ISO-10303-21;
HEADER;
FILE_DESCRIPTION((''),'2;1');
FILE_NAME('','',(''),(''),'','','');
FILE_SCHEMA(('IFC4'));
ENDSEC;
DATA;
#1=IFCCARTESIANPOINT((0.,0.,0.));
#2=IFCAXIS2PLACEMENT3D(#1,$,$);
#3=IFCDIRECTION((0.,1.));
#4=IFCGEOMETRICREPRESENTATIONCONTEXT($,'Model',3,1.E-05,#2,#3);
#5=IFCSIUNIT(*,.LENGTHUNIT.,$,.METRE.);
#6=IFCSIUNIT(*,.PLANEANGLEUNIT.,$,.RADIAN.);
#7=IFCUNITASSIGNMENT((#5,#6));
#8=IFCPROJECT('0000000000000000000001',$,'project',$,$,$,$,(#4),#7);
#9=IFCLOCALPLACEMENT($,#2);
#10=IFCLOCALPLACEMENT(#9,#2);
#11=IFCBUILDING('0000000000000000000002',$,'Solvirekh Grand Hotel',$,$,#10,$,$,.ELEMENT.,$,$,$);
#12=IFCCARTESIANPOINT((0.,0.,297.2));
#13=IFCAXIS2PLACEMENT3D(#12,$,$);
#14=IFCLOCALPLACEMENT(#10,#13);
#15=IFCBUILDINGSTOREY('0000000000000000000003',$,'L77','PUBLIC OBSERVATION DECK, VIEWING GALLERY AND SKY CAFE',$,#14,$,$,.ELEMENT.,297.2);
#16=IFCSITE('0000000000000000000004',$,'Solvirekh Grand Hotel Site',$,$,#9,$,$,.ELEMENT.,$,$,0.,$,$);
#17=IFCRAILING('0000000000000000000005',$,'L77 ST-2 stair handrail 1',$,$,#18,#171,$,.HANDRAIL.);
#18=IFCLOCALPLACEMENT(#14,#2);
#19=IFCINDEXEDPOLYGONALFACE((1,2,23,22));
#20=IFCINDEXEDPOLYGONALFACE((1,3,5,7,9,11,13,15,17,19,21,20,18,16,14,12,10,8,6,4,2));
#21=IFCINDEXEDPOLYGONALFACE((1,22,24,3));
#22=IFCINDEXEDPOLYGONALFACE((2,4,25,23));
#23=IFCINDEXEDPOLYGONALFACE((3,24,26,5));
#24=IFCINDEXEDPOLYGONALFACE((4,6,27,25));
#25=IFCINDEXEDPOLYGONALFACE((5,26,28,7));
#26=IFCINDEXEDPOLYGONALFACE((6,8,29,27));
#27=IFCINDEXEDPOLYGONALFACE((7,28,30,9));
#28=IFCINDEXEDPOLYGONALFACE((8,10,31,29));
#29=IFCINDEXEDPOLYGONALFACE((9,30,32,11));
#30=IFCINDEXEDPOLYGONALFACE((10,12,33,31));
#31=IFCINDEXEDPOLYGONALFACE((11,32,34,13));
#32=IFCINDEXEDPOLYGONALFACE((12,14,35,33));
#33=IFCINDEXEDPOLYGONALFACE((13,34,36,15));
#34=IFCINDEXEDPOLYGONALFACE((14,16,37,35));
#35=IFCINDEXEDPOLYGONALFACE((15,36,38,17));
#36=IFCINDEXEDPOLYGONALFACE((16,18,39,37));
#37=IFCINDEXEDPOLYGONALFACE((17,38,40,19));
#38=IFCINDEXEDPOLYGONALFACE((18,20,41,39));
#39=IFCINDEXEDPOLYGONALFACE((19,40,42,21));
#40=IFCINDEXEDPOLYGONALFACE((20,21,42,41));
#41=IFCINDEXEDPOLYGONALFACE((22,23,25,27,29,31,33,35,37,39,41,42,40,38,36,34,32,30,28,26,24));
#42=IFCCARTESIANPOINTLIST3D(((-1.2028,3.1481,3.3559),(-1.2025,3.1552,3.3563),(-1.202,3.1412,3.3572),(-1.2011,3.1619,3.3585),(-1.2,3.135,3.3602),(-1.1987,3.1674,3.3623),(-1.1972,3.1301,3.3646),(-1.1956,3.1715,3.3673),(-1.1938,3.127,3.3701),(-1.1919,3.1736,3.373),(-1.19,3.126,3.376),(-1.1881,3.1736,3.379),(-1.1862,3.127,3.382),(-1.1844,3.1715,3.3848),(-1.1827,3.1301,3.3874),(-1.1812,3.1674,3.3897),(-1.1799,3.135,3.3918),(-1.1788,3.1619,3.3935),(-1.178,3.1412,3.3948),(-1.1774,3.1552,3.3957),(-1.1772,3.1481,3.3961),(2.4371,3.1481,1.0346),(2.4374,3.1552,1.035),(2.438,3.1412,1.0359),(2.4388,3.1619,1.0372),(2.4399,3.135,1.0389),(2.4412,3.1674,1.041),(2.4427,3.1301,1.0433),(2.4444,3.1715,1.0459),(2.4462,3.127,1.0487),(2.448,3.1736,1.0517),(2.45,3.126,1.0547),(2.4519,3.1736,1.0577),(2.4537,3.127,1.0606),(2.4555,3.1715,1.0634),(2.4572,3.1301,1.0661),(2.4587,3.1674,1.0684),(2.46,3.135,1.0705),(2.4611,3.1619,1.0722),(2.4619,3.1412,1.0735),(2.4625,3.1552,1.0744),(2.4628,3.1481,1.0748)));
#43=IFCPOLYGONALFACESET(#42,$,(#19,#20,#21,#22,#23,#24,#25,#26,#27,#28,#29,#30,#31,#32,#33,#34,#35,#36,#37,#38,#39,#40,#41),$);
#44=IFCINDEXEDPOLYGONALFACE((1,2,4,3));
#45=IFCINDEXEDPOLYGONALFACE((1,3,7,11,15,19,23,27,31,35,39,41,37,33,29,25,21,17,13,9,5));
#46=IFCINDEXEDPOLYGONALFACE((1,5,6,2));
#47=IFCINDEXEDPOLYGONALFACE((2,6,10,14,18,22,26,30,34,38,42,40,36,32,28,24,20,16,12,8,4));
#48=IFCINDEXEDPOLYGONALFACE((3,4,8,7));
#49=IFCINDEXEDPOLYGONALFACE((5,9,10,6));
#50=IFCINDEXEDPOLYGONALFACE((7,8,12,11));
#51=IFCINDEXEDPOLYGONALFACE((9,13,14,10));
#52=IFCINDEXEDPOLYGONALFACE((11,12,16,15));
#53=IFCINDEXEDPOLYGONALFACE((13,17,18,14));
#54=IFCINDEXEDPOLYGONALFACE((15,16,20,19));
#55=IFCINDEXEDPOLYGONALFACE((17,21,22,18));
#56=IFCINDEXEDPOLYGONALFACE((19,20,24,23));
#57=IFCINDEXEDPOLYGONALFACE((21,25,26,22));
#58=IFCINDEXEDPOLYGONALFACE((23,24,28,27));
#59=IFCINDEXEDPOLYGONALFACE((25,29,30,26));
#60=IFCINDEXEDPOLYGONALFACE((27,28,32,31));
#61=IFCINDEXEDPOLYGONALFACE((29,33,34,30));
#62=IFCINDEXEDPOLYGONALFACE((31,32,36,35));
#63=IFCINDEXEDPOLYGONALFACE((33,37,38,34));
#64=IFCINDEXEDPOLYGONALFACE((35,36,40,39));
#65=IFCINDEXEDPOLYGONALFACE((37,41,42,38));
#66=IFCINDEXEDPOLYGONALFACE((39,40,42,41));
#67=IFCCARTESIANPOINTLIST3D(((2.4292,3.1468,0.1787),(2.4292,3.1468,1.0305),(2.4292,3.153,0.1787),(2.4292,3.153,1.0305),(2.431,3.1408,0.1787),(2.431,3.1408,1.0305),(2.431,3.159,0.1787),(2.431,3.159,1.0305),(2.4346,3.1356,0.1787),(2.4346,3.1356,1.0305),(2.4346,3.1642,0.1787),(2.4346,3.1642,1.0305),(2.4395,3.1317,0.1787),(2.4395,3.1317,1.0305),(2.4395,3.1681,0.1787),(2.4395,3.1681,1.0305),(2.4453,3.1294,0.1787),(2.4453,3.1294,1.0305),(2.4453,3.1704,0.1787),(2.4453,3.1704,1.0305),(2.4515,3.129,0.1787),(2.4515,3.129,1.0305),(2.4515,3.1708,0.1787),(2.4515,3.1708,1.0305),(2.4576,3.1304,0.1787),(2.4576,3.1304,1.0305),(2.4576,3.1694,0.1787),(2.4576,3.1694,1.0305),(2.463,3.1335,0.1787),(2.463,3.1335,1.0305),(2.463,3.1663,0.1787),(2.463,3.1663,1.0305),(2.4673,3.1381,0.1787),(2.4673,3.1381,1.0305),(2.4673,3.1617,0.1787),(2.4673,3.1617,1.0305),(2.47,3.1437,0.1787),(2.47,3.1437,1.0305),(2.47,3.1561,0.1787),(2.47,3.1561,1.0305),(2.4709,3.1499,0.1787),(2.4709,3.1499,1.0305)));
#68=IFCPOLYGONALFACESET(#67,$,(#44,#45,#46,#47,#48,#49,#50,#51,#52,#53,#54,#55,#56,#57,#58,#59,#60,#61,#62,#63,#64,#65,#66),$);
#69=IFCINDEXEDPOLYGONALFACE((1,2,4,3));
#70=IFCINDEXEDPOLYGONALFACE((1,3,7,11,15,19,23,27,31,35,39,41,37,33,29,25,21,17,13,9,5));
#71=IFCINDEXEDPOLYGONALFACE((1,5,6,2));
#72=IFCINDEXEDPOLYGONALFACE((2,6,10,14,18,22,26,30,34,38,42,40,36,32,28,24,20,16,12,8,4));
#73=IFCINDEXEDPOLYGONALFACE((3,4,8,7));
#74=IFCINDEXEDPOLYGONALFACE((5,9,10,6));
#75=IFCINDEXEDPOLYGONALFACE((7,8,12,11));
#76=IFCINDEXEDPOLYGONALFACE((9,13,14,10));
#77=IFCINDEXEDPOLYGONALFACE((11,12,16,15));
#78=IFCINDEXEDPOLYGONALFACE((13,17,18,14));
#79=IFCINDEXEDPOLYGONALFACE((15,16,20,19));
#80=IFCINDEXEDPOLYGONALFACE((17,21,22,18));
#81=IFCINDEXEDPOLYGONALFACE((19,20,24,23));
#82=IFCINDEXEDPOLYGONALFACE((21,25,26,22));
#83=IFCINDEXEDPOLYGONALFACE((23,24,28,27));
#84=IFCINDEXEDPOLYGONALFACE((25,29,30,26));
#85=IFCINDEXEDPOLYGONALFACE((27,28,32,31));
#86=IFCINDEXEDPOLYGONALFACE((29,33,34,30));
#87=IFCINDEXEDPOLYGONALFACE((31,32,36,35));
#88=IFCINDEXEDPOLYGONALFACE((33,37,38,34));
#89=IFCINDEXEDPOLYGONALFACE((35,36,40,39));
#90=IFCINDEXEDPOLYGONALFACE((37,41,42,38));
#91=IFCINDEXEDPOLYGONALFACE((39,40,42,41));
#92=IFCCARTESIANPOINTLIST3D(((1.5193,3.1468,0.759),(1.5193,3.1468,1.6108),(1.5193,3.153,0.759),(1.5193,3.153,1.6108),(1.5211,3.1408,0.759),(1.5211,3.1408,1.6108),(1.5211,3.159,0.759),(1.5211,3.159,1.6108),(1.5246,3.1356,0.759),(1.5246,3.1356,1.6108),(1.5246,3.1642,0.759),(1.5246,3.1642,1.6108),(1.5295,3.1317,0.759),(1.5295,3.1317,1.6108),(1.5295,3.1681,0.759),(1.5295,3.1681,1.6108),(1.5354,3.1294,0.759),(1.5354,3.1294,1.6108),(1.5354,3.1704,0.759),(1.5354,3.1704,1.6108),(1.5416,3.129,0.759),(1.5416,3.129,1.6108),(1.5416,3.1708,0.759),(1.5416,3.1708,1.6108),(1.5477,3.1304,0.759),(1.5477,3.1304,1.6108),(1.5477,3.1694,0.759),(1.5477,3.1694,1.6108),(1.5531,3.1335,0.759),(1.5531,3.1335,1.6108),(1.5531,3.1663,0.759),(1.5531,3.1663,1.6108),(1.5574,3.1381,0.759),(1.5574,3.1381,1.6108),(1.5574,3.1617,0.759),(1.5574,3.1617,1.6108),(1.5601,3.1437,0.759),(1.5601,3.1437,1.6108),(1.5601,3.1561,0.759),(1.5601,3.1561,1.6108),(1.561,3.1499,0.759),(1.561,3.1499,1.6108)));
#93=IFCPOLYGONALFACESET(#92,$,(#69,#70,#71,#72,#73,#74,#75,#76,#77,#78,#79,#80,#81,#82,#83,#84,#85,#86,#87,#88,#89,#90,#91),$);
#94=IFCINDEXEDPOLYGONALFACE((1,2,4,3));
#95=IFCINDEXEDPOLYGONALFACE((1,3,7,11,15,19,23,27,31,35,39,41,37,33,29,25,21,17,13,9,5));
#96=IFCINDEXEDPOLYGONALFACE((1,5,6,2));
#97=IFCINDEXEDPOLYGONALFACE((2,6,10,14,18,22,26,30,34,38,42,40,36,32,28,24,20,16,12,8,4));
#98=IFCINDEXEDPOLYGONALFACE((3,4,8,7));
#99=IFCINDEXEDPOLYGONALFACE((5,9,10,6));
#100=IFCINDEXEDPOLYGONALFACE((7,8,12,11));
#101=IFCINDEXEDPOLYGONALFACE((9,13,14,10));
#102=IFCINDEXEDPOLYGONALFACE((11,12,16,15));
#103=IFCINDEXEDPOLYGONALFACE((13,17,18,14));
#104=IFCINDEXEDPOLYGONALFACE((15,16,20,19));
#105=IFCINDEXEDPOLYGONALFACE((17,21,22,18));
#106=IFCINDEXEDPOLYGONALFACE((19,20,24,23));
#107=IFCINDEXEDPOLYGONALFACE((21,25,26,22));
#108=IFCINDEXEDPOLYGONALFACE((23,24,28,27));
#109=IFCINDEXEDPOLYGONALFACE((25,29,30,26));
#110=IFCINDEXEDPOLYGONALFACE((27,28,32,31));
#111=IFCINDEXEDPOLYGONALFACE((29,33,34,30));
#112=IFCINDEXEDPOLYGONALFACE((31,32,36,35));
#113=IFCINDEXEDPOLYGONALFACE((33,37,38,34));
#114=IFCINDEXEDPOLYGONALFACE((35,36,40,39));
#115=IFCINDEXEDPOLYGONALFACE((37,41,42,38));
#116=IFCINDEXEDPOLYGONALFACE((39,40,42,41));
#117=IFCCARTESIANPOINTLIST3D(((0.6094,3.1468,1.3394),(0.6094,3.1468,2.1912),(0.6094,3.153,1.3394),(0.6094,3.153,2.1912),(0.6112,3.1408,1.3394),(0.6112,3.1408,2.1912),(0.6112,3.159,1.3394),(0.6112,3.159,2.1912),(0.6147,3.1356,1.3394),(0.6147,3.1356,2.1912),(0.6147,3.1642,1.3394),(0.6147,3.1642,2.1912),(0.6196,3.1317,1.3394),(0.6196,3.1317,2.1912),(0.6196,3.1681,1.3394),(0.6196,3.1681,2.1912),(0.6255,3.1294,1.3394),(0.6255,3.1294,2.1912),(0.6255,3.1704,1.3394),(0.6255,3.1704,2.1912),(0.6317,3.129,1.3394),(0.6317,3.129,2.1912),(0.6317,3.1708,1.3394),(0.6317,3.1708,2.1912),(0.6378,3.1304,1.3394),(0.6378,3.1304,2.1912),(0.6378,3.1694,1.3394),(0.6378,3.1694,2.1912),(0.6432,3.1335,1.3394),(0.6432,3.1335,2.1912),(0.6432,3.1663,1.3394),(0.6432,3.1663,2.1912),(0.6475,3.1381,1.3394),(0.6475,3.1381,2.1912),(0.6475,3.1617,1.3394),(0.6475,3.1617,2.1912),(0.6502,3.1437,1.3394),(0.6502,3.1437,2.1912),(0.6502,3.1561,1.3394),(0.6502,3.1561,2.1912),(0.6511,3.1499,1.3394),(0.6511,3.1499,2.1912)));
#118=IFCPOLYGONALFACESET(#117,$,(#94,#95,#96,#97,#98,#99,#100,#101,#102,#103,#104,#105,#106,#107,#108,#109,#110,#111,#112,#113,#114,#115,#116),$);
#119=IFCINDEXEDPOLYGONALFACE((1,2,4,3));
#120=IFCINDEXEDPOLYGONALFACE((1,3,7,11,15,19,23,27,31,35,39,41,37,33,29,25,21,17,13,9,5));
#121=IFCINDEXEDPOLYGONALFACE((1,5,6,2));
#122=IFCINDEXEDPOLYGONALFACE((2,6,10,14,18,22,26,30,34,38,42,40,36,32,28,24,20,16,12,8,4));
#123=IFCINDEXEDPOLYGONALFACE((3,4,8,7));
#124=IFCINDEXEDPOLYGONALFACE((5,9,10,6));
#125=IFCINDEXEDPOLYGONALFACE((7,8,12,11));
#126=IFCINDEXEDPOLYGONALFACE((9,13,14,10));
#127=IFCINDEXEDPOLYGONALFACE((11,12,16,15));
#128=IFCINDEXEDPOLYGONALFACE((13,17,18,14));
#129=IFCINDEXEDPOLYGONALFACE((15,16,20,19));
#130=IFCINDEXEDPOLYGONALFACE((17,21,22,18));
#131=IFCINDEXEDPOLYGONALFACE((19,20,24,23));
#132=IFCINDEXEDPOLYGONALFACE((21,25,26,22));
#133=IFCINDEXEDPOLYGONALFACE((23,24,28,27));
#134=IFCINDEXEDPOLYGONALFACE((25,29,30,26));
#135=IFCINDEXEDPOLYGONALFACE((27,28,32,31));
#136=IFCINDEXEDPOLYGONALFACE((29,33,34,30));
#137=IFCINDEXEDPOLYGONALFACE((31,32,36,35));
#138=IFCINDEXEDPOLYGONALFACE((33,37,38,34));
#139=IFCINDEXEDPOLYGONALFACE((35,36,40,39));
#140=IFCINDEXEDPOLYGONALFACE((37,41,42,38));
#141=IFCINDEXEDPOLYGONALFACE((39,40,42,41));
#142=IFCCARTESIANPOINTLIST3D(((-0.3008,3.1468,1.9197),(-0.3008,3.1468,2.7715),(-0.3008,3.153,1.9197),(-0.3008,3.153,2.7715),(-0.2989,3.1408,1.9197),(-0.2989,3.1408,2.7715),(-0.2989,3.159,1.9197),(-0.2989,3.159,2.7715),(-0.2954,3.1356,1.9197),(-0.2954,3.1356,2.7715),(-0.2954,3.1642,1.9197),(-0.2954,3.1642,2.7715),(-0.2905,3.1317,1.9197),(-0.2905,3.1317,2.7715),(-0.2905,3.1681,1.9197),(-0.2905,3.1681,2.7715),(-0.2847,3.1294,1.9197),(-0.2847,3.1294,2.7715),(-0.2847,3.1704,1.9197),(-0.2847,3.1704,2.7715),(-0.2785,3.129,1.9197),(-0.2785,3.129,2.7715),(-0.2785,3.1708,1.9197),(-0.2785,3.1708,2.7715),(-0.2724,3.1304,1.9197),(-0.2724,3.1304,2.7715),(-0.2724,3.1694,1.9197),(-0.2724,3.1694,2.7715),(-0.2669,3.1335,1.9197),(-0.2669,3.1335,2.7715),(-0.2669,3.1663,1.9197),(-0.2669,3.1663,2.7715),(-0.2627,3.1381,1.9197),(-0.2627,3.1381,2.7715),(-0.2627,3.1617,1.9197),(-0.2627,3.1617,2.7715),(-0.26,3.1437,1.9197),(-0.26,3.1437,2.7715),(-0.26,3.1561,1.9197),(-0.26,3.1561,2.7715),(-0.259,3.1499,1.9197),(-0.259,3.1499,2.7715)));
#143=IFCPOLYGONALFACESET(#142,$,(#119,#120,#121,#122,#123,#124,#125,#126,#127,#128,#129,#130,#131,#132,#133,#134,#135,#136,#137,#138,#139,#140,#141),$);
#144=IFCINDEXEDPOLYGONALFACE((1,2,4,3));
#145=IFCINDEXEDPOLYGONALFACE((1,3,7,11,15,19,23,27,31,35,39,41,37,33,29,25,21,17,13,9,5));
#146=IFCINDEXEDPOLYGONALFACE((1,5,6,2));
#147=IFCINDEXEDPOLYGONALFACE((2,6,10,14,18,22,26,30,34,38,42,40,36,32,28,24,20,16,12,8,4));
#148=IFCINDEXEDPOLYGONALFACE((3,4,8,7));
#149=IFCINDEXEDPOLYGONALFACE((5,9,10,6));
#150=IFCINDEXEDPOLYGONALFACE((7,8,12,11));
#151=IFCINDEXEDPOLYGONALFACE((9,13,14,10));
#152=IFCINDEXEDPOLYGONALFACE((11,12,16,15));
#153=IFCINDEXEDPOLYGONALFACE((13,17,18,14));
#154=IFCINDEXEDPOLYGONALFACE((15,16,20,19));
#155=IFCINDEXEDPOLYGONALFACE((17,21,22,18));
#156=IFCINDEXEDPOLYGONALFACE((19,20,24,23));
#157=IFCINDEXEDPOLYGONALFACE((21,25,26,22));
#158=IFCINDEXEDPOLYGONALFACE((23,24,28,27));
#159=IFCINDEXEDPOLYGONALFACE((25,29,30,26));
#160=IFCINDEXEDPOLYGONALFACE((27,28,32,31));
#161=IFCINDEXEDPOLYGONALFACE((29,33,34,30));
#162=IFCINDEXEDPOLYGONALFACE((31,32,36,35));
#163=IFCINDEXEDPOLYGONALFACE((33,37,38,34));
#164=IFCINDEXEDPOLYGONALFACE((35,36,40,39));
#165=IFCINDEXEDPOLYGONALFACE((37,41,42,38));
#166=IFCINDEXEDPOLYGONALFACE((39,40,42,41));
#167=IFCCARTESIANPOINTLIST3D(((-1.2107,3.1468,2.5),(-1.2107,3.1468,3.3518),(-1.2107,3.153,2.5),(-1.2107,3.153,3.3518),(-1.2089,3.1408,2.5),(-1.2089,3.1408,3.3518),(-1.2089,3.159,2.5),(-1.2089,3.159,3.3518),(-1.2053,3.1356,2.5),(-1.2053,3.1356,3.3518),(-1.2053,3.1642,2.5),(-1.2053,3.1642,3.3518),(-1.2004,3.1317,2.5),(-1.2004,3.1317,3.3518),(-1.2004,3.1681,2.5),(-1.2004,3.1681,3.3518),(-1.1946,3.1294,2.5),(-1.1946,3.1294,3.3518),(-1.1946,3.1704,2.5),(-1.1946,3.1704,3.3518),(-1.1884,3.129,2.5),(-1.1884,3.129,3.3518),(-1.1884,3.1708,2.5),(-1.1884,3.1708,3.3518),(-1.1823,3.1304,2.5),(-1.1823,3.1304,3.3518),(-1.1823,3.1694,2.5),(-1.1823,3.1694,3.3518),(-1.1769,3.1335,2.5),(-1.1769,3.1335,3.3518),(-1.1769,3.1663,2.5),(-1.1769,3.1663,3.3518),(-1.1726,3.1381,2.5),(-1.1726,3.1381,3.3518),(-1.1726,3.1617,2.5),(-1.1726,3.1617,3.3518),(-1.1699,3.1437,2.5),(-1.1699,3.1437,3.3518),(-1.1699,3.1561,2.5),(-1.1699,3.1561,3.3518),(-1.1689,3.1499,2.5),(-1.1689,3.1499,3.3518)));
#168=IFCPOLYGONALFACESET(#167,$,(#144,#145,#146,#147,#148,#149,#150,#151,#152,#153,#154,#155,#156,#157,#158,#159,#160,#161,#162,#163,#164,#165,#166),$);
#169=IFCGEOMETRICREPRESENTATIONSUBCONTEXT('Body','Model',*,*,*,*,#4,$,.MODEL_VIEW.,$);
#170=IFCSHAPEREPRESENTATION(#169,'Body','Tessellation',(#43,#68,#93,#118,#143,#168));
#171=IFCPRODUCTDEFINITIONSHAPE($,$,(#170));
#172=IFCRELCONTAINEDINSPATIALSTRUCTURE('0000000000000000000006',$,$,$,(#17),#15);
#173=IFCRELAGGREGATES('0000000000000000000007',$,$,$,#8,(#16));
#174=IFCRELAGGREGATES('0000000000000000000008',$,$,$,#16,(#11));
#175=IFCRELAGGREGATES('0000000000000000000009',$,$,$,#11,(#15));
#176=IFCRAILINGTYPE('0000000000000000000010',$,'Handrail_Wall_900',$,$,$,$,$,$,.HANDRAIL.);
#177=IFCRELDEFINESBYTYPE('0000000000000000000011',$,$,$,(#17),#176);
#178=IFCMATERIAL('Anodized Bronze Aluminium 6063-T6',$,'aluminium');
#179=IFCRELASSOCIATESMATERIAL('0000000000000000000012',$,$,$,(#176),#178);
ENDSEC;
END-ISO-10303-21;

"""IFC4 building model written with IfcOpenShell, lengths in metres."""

from ifc_helpers import new_model, si_unit, direction, frame, origin, origin_2d, place, context, subcontext, project, spatial, circle, extrude, material, type_object, element, save


model = new_model("IFC4")

# Units and contexts
model_context = context("Model", 3, precision=1e-05, world=origin(), true_north=direction((0.0, 1.0)))
body_context = subcontext(model_context, "Body", "Model", "MODEL_VIEW")
ifc_project = project(units=[si_unit("LENGTHUNIT", "METRE"), si_unit("PLANEANGLEUNIT", "RADIAN")], contexts=[model_context])

# Site, building, storey
site_placement = place(None, origin())
site = spatial("IfcSite", under=ifc_project, at=site_placement, Name="Solvirekh Grand Hotel Site", CompositionType="ELEMENT", RefElevation=0.0)
building_placement = place(site_placement, origin())
building = spatial("IfcBuilding", under=site, at=building_placement, Name="Solvirekh Grand Hotel", CompositionType="ELEMENT")
storey_placement = place(building_placement, frame((0.0, 0.0, 297.2)))
storey = spatial("IfcBuildingStorey", under=building, at=storey_placement, Name="L77", Description="PUBLIC OBSERVATION DECK, VIEWING GALLERY AND SKY CAFE", CompositionType="ELEMENT", Elevation=297.2)

# Railing
ifc_material_1 = material(Name="Anodized Bronze Aluminium 6063-T6", Category="aluminium")
railing_type_1 = type_object("IfcRailingType", Name="Handrail_Wall_900", PredefinedType="HANDRAIL", material=ifc_material_1)
railing_1_placement = place(storey_placement, frame((2.45, 3.1499, 0.1787)))
element("IfcRailing", 1, at=railing_1_placement, inside=storey, type_object=railing_type_1, Name="L77 ST-2 stair handrail 1", PredefinedType="HANDRAIL", context=body_context, shape_type="SweptSolid", body=[
    extrude(circle(Radius=0.0239, at=origin_2d()), frame((0.0, 0.0, 0.876), z_axis=(-0.843137, 0.0, 0.537699), x_axis=(0.0, -1.0, 0.0)), (0.0, 0.0, 1.0), 4.3171),
    extrude(circle(Radius=0.021, at=origin_2d()), origin(), (0.0, 0.0, 1.0), 0.8518),
    extrude(circle(Radius=0.021, at=origin_2d()), frame((-0.9099, 0.0, 0.5803)), (0.0, 0.0, 1.0), 0.8518),
    extrude(circle(Radius=0.021, at=origin_2d()), frame((-1.8198, 0.0, 1.1606)), (0.0, 0.0, 1.0), 0.8518),
    extrude(circle(Radius=0.021, at=origin_2d()), frame((-2.73, 0.0, 1.741)), (0.0, 0.0, 1.0), 0.8518),
    extrude(circle(Radius=0.021, at=origin_2d()), frame((-3.6399, 0.0, 2.3213)), (0.0, 0.0, 1.0), 0.8518),
])

save(model, "model.ifc")
